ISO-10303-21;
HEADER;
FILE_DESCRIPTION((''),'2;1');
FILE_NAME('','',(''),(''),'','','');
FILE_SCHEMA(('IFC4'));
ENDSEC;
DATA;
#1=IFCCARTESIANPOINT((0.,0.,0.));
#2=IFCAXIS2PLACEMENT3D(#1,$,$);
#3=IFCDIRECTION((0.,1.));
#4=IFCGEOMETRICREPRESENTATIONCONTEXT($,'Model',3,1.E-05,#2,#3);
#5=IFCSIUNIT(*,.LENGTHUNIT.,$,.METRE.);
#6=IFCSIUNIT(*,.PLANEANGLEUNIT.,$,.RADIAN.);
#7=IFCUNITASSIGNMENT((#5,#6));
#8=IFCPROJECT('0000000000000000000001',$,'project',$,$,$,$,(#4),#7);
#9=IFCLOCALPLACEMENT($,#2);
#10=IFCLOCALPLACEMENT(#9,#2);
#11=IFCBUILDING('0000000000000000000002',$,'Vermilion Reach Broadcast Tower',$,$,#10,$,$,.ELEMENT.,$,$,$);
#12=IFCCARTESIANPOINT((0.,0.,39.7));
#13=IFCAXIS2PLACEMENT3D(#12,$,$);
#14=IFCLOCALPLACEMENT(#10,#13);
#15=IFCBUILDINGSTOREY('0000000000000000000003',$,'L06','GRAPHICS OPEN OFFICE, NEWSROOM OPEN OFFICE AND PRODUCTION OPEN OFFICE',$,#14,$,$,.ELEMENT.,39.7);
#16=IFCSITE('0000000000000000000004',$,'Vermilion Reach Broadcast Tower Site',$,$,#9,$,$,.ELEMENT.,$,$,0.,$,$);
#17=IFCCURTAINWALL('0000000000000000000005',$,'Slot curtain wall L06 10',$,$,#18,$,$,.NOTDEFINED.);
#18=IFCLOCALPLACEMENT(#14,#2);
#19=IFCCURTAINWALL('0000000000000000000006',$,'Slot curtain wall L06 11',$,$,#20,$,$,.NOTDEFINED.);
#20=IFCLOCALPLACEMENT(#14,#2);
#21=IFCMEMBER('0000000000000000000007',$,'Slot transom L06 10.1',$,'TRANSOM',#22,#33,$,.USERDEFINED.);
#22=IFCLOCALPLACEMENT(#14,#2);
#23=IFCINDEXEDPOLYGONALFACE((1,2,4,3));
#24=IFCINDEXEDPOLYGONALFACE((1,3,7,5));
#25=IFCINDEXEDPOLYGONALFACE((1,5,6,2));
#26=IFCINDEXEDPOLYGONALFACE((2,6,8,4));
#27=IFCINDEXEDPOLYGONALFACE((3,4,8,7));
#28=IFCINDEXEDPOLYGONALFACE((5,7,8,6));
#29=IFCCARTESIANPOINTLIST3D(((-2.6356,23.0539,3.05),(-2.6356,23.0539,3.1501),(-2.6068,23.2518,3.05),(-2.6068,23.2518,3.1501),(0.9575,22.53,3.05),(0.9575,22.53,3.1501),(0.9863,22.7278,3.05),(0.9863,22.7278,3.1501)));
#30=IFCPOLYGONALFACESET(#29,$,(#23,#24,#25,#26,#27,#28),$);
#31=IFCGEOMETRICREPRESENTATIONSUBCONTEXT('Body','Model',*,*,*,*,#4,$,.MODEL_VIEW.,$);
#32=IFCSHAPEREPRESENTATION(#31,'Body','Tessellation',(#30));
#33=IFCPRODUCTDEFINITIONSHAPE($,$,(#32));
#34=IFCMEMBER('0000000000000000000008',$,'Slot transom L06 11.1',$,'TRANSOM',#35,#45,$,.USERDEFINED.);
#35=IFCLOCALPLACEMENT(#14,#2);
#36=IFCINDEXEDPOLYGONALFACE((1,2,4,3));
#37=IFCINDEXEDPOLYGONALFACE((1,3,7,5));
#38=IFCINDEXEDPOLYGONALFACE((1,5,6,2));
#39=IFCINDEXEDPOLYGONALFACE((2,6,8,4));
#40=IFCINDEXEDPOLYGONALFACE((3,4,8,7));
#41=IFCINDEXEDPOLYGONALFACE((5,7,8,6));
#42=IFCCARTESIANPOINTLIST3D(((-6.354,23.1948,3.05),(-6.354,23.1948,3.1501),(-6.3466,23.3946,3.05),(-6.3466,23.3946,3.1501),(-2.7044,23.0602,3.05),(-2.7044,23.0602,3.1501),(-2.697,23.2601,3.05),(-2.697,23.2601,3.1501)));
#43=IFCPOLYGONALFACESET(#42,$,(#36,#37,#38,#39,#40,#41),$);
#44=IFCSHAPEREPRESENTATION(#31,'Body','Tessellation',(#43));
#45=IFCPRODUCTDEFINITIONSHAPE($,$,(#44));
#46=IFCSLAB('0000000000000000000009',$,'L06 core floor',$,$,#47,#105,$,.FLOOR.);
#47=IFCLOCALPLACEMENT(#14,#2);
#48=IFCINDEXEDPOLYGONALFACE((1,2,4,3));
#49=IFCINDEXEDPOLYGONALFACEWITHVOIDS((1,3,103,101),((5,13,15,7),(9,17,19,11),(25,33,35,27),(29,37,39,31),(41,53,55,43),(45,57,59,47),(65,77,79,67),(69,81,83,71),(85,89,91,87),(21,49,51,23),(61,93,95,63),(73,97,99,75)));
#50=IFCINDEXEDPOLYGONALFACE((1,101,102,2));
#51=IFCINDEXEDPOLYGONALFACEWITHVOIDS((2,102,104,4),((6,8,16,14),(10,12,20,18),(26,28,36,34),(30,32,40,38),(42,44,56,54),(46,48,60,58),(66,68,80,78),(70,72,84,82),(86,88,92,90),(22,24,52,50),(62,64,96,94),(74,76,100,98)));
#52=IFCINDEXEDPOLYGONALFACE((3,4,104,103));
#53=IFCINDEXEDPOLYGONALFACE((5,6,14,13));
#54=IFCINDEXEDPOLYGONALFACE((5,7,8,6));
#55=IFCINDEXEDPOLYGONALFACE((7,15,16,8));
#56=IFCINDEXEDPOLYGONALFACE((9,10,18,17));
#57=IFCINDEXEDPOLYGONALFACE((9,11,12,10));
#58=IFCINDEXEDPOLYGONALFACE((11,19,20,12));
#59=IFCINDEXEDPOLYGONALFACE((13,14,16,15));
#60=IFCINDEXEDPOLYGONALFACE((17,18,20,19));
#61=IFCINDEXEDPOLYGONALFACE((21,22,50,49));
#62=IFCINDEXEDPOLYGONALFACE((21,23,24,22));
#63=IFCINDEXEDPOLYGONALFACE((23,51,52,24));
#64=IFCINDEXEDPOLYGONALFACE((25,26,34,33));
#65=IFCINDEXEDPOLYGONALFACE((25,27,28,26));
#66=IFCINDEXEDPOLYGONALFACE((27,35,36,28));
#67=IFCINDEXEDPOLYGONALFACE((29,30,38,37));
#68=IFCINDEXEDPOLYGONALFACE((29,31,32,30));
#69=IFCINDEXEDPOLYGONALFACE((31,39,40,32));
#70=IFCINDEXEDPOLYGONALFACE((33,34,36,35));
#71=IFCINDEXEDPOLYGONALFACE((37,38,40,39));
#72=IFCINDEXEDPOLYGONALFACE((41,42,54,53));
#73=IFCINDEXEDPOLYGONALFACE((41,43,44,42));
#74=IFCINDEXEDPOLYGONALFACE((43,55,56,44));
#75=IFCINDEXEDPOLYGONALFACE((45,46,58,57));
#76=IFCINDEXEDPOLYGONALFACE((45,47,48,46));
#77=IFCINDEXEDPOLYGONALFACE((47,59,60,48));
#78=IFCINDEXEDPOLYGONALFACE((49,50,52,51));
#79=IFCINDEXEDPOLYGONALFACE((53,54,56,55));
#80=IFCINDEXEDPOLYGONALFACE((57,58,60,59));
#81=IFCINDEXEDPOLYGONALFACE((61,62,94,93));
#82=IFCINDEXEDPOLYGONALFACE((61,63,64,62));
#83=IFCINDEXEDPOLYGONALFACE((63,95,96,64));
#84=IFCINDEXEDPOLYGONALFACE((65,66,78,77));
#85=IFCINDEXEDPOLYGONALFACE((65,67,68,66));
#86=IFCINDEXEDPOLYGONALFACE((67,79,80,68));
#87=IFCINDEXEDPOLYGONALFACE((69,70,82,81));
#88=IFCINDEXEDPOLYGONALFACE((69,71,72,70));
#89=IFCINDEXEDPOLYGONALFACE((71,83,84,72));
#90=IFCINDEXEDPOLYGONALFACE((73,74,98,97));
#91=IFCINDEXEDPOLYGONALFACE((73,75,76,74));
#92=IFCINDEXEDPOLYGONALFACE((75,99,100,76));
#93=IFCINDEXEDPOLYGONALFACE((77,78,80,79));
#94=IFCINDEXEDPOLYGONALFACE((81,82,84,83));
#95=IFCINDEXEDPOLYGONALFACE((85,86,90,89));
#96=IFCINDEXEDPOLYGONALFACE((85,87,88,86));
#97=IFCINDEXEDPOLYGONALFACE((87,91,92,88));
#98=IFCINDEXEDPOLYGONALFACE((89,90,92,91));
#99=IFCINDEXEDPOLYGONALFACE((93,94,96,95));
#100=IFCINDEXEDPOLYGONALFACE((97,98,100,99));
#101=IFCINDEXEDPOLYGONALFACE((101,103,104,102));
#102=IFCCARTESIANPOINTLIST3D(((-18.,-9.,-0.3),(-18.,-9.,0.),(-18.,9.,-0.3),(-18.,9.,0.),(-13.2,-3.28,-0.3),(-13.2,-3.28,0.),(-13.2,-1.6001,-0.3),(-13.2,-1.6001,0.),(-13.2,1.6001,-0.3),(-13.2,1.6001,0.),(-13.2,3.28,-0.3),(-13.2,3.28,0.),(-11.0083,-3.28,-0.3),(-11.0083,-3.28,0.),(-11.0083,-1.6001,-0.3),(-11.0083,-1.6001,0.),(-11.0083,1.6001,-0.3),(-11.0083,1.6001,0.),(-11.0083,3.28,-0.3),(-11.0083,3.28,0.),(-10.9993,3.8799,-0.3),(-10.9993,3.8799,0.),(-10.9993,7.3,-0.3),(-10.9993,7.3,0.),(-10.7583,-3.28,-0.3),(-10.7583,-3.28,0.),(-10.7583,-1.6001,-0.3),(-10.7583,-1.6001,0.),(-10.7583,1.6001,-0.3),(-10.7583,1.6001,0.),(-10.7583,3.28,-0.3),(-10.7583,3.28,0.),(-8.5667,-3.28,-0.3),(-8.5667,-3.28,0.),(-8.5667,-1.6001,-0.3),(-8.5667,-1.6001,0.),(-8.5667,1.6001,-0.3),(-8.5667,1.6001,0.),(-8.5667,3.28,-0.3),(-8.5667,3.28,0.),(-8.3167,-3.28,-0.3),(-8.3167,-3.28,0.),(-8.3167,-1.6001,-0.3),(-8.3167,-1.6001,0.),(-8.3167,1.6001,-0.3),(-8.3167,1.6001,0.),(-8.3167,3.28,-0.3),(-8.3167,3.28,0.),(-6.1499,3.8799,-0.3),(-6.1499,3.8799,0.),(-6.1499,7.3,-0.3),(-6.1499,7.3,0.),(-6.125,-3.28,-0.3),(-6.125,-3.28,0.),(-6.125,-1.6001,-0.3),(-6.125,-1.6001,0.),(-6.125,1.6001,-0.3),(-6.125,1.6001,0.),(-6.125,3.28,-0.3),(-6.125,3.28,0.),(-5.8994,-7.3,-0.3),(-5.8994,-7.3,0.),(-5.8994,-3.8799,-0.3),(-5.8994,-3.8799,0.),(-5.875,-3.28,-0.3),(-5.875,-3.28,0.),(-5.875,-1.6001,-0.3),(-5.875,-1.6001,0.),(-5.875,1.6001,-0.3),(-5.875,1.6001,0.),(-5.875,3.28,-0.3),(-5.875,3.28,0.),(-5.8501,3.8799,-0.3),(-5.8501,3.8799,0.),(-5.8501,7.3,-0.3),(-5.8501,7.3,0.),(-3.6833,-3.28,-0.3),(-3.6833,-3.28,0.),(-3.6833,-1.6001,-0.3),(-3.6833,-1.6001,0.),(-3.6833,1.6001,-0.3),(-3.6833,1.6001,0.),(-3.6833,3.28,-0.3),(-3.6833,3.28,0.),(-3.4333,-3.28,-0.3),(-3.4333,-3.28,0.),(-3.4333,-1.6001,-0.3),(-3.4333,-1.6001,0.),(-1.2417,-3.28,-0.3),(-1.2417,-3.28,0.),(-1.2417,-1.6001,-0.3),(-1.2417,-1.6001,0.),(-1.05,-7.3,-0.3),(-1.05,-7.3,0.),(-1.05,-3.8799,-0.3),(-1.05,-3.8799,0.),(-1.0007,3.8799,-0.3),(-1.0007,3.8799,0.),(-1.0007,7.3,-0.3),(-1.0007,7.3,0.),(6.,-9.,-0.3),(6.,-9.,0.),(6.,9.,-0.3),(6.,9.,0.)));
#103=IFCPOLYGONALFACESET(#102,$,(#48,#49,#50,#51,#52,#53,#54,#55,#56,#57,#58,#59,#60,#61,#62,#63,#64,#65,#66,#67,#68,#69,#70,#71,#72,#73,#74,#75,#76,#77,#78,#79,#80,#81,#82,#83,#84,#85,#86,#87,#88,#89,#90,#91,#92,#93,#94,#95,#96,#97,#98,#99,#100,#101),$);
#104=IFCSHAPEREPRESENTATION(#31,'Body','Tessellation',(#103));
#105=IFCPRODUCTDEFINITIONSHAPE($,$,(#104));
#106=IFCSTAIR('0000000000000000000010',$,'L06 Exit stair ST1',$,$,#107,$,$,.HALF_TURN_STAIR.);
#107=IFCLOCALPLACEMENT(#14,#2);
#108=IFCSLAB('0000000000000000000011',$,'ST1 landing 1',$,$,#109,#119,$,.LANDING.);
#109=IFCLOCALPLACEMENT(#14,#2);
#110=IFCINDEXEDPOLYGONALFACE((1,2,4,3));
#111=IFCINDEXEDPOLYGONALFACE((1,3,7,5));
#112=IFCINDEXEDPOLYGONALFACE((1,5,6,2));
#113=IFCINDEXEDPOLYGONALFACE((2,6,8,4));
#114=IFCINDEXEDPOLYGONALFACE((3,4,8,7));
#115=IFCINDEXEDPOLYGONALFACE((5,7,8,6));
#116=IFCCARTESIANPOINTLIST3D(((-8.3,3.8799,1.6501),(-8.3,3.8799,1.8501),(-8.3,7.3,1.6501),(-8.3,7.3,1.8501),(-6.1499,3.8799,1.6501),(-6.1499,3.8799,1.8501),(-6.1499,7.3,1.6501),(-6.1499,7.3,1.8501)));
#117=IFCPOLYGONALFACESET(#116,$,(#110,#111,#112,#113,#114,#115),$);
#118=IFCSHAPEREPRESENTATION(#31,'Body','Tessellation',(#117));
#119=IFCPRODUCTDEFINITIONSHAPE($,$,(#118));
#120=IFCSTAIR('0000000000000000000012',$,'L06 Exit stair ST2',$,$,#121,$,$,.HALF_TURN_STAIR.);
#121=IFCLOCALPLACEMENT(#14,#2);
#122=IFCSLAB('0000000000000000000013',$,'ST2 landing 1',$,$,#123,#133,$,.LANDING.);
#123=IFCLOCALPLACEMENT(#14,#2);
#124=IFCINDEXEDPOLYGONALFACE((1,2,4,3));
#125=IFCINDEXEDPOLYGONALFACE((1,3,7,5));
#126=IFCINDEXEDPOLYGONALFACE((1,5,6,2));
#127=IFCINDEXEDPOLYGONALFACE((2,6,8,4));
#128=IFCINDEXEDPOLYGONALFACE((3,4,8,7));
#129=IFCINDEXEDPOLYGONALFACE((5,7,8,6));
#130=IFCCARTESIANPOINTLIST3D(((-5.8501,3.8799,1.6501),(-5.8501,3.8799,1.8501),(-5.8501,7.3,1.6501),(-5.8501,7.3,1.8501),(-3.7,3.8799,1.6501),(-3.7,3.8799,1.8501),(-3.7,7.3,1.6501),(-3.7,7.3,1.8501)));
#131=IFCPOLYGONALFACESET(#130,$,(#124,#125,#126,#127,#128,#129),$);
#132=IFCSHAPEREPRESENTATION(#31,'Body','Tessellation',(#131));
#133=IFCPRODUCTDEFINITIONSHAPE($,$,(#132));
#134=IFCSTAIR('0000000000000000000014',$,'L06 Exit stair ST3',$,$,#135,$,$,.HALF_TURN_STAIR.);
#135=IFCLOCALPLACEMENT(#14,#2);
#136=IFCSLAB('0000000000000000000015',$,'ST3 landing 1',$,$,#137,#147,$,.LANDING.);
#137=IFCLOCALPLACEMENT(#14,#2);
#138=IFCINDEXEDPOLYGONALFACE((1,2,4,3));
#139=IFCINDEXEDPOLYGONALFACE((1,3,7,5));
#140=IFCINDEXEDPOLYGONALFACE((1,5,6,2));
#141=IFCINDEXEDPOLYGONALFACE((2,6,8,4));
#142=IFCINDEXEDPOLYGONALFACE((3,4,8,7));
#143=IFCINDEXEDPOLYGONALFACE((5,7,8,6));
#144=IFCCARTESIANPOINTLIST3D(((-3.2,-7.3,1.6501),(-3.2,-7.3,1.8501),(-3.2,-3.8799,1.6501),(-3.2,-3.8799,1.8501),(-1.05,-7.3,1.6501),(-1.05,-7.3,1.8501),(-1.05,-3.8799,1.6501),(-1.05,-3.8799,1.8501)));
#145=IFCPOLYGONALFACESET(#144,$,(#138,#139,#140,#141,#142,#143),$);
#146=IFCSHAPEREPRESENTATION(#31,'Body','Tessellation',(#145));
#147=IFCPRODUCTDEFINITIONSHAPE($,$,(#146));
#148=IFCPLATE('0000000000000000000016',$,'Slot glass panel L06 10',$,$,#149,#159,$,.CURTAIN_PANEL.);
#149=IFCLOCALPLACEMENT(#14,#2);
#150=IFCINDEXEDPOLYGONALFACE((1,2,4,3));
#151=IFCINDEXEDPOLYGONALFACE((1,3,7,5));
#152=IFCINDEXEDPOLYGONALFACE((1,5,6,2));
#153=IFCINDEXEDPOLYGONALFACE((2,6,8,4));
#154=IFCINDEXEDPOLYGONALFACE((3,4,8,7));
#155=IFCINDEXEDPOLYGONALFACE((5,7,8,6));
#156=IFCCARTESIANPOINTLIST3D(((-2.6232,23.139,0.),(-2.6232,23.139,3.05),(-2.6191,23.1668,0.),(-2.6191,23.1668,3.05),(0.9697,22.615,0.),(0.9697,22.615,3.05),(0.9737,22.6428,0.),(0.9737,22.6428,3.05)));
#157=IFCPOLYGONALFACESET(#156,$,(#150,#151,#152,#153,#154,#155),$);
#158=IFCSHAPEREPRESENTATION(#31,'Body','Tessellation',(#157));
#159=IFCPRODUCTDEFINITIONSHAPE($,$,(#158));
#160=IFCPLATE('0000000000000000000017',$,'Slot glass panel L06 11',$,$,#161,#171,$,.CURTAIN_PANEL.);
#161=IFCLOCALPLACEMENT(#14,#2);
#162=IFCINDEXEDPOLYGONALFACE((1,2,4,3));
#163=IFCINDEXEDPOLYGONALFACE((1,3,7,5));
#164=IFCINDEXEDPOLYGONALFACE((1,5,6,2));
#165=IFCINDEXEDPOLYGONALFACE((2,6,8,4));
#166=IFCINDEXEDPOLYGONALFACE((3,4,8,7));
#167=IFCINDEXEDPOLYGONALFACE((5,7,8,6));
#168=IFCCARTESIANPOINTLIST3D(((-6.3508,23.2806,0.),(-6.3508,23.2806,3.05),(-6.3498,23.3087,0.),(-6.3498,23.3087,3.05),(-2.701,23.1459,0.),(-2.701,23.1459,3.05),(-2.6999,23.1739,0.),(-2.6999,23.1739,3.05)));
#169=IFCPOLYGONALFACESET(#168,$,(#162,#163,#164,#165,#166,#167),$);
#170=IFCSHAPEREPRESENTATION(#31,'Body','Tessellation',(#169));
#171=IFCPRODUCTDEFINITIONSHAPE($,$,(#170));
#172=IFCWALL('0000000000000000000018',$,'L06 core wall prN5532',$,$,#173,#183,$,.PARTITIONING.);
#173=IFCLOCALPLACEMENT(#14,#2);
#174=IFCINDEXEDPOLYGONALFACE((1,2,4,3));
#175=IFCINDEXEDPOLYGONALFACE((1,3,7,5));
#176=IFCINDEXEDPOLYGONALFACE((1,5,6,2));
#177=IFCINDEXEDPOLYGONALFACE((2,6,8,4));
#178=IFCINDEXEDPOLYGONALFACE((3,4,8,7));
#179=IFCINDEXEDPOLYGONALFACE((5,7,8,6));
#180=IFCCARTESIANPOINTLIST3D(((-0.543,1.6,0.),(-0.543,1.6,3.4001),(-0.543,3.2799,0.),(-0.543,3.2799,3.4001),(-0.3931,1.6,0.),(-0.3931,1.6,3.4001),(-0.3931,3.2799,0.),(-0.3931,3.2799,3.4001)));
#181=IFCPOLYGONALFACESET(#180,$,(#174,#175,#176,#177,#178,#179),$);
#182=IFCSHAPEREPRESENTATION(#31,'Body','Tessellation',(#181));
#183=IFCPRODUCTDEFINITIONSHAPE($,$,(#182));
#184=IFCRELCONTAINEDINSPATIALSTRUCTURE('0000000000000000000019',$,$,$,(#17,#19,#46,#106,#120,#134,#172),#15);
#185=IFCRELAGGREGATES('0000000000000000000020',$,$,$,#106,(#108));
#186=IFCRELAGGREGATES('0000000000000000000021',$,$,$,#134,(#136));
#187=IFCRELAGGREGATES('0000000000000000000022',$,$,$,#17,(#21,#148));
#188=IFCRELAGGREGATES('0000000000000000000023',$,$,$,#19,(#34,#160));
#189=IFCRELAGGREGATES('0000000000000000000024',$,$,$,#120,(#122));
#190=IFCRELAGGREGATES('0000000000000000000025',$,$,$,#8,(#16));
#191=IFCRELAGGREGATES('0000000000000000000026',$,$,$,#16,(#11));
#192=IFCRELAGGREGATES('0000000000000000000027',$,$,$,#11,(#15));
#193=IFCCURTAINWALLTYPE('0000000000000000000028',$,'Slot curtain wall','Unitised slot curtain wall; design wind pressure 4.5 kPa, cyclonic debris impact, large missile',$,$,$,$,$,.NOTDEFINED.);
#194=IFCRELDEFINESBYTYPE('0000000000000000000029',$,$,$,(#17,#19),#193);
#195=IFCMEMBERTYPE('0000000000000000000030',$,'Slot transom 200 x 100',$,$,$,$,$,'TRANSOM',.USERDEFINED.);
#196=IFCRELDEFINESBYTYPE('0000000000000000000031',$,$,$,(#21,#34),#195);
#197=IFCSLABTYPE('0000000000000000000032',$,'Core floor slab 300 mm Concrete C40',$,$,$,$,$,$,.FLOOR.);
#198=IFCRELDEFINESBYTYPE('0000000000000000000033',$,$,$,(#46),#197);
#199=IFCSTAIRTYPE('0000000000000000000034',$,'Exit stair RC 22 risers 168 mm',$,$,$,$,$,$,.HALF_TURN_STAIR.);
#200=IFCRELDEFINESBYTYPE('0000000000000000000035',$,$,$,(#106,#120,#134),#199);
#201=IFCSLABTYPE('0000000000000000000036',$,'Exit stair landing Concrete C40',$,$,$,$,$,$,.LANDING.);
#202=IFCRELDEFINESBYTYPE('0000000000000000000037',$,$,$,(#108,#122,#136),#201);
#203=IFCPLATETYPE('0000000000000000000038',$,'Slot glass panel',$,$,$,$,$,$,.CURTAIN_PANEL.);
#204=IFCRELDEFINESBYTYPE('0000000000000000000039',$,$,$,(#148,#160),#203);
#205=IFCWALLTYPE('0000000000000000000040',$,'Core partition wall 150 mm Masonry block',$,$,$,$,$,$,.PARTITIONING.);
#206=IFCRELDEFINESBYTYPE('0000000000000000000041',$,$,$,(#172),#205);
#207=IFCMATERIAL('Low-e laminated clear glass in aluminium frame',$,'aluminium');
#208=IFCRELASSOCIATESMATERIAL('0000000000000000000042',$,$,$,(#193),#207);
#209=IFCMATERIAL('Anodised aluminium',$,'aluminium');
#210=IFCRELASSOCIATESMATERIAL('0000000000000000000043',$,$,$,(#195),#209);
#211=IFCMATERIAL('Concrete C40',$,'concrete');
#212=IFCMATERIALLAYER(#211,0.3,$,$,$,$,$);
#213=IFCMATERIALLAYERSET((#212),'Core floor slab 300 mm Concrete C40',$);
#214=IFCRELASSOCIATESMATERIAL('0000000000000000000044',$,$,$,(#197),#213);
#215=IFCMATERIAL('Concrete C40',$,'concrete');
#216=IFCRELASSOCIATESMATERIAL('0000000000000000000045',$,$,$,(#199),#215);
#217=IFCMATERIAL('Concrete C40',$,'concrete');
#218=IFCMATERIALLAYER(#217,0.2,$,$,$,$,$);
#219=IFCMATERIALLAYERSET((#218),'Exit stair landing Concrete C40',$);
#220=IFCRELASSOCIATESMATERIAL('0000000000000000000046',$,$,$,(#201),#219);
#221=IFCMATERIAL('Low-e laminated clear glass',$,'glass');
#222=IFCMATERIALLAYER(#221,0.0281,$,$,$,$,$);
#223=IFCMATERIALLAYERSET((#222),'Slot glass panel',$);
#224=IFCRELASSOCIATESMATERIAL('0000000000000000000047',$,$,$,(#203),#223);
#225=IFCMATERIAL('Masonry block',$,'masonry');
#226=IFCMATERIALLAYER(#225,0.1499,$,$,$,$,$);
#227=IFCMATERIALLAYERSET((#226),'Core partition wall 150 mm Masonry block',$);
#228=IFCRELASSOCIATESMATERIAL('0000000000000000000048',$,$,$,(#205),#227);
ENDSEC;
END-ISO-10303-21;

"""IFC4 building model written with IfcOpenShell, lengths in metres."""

from ifc_helpers import new_model, si_unit, direction, frame, frame_2d, origin, origin_2d, place, context, subcontext, project, spatial, polyline, rectangle, outline, extrude, material, layer, layer_set, material_profile, profile_set, type_object, element, aggregate, save


model = new_model("IFC4")

# Units and contexts
model_context = context("Model", 3, precision=1e-05, world=origin(), true_north=direction((0.0, 1.0)))
body_context = subcontext(model_context, "Body", "Model", "MODEL_VIEW")
ifc_project = project(units=[si_unit("LENGTHUNIT", "METRE"), si_unit("PLANEANGLEUNIT", "RADIAN")], contexts=[model_context])

# Site, building, storey
site_placement = place(None, origin())
site = spatial("IfcSite", under=ifc_project, at=site_placement, Name="Vermilion Reach Broadcast Tower Site", CompositionType="ELEMENT", RefElevation=0.0)
building_placement = place(site_placement, origin())
building = spatial("IfcBuilding", under=site, at=building_placement, Name="Vermilion Reach Broadcast Tower", CompositionType="ELEMENT")
storey_placement = place(building_placement, frame((0.0, 0.0, 39.7)))
storey = spatial("IfcBuildingStorey", under=building, at=storey_placement, Name="L06", Description="GRAPHICS OPEN OFFICE, NEWSROOM OPEN OFFICE AND PRODUCTION OPEN OFFICE", CompositionType="ELEMENT", Elevation=39.7)

# Curtain walls
ifc_material_1 = material(Name="Low-e laminated clear glass in aluminium frame", Category="aluminium")
curtain_wall_type = type_object("IfcCurtainWallType", Name="Slot curtain wall", Description="Unitised slot curtain wall; design wind pressure 4.5 kPa, cyclonic debris impact, large missile", PredefinedType="NOTDEFINED", material=ifc_material_1)
placement_1 = place(storey_placement, origin())
curtain_wall_1 = element("IfcCurtainWall", 1, at=placement_1, inside=storey, type_object=curtain_wall_type, Name="Slot curtain wall L06 10", PredefinedType="NOTDEFINED")
curtain_wall_2 = element("IfcCurtainWall", 2, at=placement_1, inside=storey, type_object=curtain_wall_type, Name="Slot curtain wall L06 11", PredefinedType="NOTDEFINED")

# Members
ifc_material_2 = material(Name="Anodised aluminium", Category="aluminium")
ifc_material_profile_1 = material_profile(ifc_material_2, rectangle(XDim=0.2, YDim=0.1001, at=origin_2d()), Name="Slot transom 200 x 100")
ifc_profile_set_1 = profile_set([ifc_material_profile_1], Name="Anodised aluminium")
member_type_1 = type_object("IfcMemberType", Name="Slot transom 200 x 100", ElementType="TRANSOM", PredefinedType="USERDEFINED", material=ifc_profile_set_1)
member_1_placement = place(storey_placement, frame((0.9719, 22.6289, 3.1001), z_axis=(-0.989535, 0.144292, 0.0), x_axis=(-0.144292, -0.989535, 0.0)))
member_1 = element("IfcMember", 3, at=member_1_placement, type_object=member_type_1, Name="Slot transom L06 10.1", ObjectType="TRANSOM", PredefinedType="USERDEFINED", context=body_context, shape_type="SweptSolid", body=[
    extrude(rectangle(XDim=0.2, YDim=0.1001, at=origin_2d()), origin(), (0.0, 0.0, 1.0), 3.6311),
])
member_2_placement = place(storey_placement, frame((-2.7007, 23.1602, 3.1001), z_axis=(-0.999321, 0.036834, 0.0), x_axis=(-0.036834, -0.999321, 0.0)))
member_2 = element("IfcMember", 4, at=member_2_placement, type_object=member_type_1, Name="Slot transom L06 11.1", ObjectType="TRANSOM", PredefinedType="USERDEFINED", context=body_context, shape_type="SweptSolid", body=[
    extrude(rectangle(XDim=0.2, YDim=0.1001, at=origin_2d()), origin(), (0.0, 0.0, 1.0), 3.6521),
])

# Slab
ifc_material_3 = material(Name="Concrete C40", Category="concrete")
ifc_layer_1 = layer(ifc_material_3, 0.3)
ifc_layer_set_1 = layer_set([ifc_layer_1], Name="Core floor slab 300 mm Concrete C40")
slab_type_1 = type_object("IfcSlabType", Name="Core floor slab 300 mm Concrete C40", PredefinedType="FLOOR", material=ifc_layer_set_1)
slab_1_placement = place(storey_placement, frame((0.0, 0.0, -0.3)))
element("IfcSlab", 5, at=slab_1_placement, inside=storey, type_object=slab_type_1, Name="L06 core floor", PredefinedType="FLOOR", context=body_context, shape_type="SweptSolid", body=[
    extrude(outline(polyline([(-18.0, -9.0), (6.0, -9.0), (6.0, 9.0), (-18.0, 9.0), (-18.0, -9.0)]), holes=[polyline([(-13.2, 1.6001), (-11.0083, 1.6001), (-11.0083, 3.28), (-13.2, 3.28), (-13.2, 1.6001)]), polyline([(-10.7583, 1.6001), (-8.5667, 1.6001), (-8.5667, 3.28), (-10.7583, 3.28), (-10.7583, 1.6001)]), polyline([(-8.3167, 1.6001), (-6.125, 1.6001), (-6.125, 3.28), (-8.3167, 3.28), (-8.3167, 1.6001)]), polyline([(-5.875, 1.6001), (-3.6833, 1.6001), (-3.6833, 3.28), (-5.875, 3.28), (-5.875, 1.6001)]), polyline([(-13.2, -3.28), (-11.0083, -3.28), (-11.0083, -1.6001), (-13.2, -1.6001), (-13.2, -3.28)]), polyline([(-10.7583, -3.28), (-8.5667, -3.28), (-8.5667, -1.6001), (-10.7583, -1.6001), (-10.7583, -3.28)]), polyline([(-8.3167, -3.28), (-6.125, -3.28), (-6.125, -1.6001), (-8.3167, -1.6001), (-8.3167, -3.28)]), polyline([(-5.875, -3.28), (-3.6833, -3.28), (-3.6833, -1.6001), (-5.875, -1.6001), (-5.875, -3.28)]), polyline([(-3.4333, -3.28), (-1.2417, -3.28), (-1.2417, -1.6001), (-3.4333, -1.6001), (-3.4333, -3.28)]), polyline([(-10.9993, 3.8799), (-6.1499, 3.8799), (-6.1499, 7.3), (-10.9993, 7.3), (-10.9993, 3.8799)]), polyline([(-1.0007, 7.3), (-5.8501, 7.3), (-5.8501, 3.8799), (-1.0007, 3.8799), (-1.0007, 7.3)]), polyline([(-5.8994, -7.3), (-1.05, -7.3), (-1.05, -3.8799), (-5.8994, -3.8799), (-5.8994, -7.3)])]), origin(), (0.0, 0.0, 1.0), 0.3),
])

# Stairs, slabs
ifc_material_4 = material(Name="Concrete C40", Category="concrete")
stair_type = type_object("IfcStairType", Name="Exit stair RC 22 risers 168 mm", PredefinedType="HALF_TURN_STAIR", material=ifc_material_4)
stair_1 = element("IfcStair", 6, at=placement_1, inside=storey, type_object=stair_type, Name="L06 Exit stair ST1", PredefinedType="HALF_TURN_STAIR")
ifc_material_5 = material(Name="Concrete C40", Category="concrete")
ifc_layer_2 = layer(ifc_material_5, 0.2)
ifc_layer_set_2 = layer_set([ifc_layer_2], Name="Exit stair landing Concrete C40")
slab_type_2 = type_object("IfcSlabType", Name="Exit stair landing Concrete C40", PredefinedType="LANDING", material=ifc_layer_set_2)
placement_2 = place(storey_placement, frame((0.0, 0.0, 1.6501)))
slab_2 = element("IfcSlab", 7, at=placement_2, type_object=slab_type_2, Name="ST1 landing 1", PredefinedType="LANDING", context=body_context, shape_type="SweptSolid", body=[
    extrude(outline(polyline([(-8.3, 3.8799), (-6.1499, 3.8799), (-6.1499, 7.3), (-8.3, 7.3), (-8.3, 3.8799)])), origin(), (0.0, 0.0, 1.0), 0.2),
])
aggregate(stair_1, [slab_2])
stair_2 = element("IfcStair", 8, at=placement_1, inside=storey, type_object=stair_type, Name="L06 Exit stair ST2", PredefinedType="HALF_TURN_STAIR")
slab_3 = element("IfcSlab", 9, at=placement_2, type_object=slab_type_2, Name="ST2 landing 1", PredefinedType="LANDING", context=body_context, shape_type="SweptSolid", body=[
    extrude(outline(polyline([(-3.7, 7.3), (-5.8501, 7.3), (-5.8501, 3.8799), (-3.7, 3.8799), (-3.7, 7.3)])), origin(), (0.0, 0.0, 1.0), 0.2),
])
stair_3 = element("IfcStair", 10, at=placement_1, inside=storey, type_object=stair_type, Name="L06 Exit stair ST3", PredefinedType="HALF_TURN_STAIR")
slab_4 = element("IfcSlab", 11, at=placement_2, type_object=slab_type_2, Name="ST3 landing 1", PredefinedType="LANDING", context=body_context, shape_type="SweptSolid", body=[
    extrude(outline(polyline([(-3.2, -7.3), (-1.05, -7.3), (-1.05, -3.8799), (-3.2, -3.8799), (-3.2, -7.3)])), origin(), (0.0, 0.0, 1.0), 0.2),
])
aggregate(stair_3, [slab_4])

# Plates
ifc_material_6 = material(Name="Low-e laminated clear glass", Category="glass")
ifc_layer_3 = layer(ifc_material_6, 0.0281)
ifc_layer_set_3 = layer_set([ifc_layer_3], Name="Slot glass panel")
plate_type = type_object("IfcPlateType", Name="Slot glass panel", PredefinedType="CURTAIN_PANEL", material=ifc_layer_set_3)
plate_1_placement = place(storey_placement, frame((-0.8247, 22.8909, 0.0), z_axis=(0.0, 0.0, 1.0), x_axis=(-0.989532, 0.144314, 0.0)))
plate_1 = element("IfcPlate", 12, at=plate_1_placement, type_object=plate_type, Name="Slot glass panel L06 10", PredefinedType="CURTAIN_PANEL", context=body_context, shape_type="SweptSolid", body=[
    extrude(rectangle(XDim=3.6309, YDim=0.0281, at=origin_2d()), origin(), (0.0, 0.0, 1.0), 3.05),
])
aggregate(curtain_wall_1, [member_1, plate_1])
plate_2_placement = place(storey_placement, frame((-4.5254, 23.2273, 0.0), z_axis=(0.0, 0.0, 1.0), x_axis=(-0.999319, 0.036893, 0.0)))
plate_2 = element("IfcPlate", 13, at=plate_2_placement, type_object=plate_type, Name="Slot glass panel L06 11", PredefinedType="CURTAIN_PANEL", context=body_context, shape_type="SweptSolid", body=[
    extrude(rectangle(XDim=3.6523, YDim=0.0281, at=origin_2d()), origin(), (0.0, 0.0, 1.0), 3.05),
])
aggregate(curtain_wall_2, [member_2, plate_2])

# Wall
ifc_material_7 = material(Name="Masonry block", Category="masonry")
ifc_layer_4 = layer(ifc_material_7, 0.1499)
ifc_layer_set_4 = layer_set([ifc_layer_4], Name="Core partition wall 150 mm Masonry block")
wall_type_1 = type_object("IfcWallType", Name="Core partition wall 150 mm Masonry block", PredefinedType="PARTITIONING", material=ifc_layer_set_4)
wall_1_placement = place(storey_placement, frame((-0.468, 1.6001, 0.0), z_axis=(0.0, 0.0, 1.0), x_axis=(0.0, 1.0, 0.0)))
element("IfcWall", 14, at=wall_1_placement, inside=storey, type_object=wall_type_1, Name="L06 core wall prN5532", PredefinedType="PARTITIONING", context=body_context, shape_type="SweptSolid", body=[
    extrude(rectangle(XDim=1.6799, YDim=0.1499, at=frame_2d((0.8398, 0.0))), origin(), (0.0, 0.0, 1.0), 3.4001),
])

aggregate(stair_2, [slab_3])

save(model, "model.ifc")
